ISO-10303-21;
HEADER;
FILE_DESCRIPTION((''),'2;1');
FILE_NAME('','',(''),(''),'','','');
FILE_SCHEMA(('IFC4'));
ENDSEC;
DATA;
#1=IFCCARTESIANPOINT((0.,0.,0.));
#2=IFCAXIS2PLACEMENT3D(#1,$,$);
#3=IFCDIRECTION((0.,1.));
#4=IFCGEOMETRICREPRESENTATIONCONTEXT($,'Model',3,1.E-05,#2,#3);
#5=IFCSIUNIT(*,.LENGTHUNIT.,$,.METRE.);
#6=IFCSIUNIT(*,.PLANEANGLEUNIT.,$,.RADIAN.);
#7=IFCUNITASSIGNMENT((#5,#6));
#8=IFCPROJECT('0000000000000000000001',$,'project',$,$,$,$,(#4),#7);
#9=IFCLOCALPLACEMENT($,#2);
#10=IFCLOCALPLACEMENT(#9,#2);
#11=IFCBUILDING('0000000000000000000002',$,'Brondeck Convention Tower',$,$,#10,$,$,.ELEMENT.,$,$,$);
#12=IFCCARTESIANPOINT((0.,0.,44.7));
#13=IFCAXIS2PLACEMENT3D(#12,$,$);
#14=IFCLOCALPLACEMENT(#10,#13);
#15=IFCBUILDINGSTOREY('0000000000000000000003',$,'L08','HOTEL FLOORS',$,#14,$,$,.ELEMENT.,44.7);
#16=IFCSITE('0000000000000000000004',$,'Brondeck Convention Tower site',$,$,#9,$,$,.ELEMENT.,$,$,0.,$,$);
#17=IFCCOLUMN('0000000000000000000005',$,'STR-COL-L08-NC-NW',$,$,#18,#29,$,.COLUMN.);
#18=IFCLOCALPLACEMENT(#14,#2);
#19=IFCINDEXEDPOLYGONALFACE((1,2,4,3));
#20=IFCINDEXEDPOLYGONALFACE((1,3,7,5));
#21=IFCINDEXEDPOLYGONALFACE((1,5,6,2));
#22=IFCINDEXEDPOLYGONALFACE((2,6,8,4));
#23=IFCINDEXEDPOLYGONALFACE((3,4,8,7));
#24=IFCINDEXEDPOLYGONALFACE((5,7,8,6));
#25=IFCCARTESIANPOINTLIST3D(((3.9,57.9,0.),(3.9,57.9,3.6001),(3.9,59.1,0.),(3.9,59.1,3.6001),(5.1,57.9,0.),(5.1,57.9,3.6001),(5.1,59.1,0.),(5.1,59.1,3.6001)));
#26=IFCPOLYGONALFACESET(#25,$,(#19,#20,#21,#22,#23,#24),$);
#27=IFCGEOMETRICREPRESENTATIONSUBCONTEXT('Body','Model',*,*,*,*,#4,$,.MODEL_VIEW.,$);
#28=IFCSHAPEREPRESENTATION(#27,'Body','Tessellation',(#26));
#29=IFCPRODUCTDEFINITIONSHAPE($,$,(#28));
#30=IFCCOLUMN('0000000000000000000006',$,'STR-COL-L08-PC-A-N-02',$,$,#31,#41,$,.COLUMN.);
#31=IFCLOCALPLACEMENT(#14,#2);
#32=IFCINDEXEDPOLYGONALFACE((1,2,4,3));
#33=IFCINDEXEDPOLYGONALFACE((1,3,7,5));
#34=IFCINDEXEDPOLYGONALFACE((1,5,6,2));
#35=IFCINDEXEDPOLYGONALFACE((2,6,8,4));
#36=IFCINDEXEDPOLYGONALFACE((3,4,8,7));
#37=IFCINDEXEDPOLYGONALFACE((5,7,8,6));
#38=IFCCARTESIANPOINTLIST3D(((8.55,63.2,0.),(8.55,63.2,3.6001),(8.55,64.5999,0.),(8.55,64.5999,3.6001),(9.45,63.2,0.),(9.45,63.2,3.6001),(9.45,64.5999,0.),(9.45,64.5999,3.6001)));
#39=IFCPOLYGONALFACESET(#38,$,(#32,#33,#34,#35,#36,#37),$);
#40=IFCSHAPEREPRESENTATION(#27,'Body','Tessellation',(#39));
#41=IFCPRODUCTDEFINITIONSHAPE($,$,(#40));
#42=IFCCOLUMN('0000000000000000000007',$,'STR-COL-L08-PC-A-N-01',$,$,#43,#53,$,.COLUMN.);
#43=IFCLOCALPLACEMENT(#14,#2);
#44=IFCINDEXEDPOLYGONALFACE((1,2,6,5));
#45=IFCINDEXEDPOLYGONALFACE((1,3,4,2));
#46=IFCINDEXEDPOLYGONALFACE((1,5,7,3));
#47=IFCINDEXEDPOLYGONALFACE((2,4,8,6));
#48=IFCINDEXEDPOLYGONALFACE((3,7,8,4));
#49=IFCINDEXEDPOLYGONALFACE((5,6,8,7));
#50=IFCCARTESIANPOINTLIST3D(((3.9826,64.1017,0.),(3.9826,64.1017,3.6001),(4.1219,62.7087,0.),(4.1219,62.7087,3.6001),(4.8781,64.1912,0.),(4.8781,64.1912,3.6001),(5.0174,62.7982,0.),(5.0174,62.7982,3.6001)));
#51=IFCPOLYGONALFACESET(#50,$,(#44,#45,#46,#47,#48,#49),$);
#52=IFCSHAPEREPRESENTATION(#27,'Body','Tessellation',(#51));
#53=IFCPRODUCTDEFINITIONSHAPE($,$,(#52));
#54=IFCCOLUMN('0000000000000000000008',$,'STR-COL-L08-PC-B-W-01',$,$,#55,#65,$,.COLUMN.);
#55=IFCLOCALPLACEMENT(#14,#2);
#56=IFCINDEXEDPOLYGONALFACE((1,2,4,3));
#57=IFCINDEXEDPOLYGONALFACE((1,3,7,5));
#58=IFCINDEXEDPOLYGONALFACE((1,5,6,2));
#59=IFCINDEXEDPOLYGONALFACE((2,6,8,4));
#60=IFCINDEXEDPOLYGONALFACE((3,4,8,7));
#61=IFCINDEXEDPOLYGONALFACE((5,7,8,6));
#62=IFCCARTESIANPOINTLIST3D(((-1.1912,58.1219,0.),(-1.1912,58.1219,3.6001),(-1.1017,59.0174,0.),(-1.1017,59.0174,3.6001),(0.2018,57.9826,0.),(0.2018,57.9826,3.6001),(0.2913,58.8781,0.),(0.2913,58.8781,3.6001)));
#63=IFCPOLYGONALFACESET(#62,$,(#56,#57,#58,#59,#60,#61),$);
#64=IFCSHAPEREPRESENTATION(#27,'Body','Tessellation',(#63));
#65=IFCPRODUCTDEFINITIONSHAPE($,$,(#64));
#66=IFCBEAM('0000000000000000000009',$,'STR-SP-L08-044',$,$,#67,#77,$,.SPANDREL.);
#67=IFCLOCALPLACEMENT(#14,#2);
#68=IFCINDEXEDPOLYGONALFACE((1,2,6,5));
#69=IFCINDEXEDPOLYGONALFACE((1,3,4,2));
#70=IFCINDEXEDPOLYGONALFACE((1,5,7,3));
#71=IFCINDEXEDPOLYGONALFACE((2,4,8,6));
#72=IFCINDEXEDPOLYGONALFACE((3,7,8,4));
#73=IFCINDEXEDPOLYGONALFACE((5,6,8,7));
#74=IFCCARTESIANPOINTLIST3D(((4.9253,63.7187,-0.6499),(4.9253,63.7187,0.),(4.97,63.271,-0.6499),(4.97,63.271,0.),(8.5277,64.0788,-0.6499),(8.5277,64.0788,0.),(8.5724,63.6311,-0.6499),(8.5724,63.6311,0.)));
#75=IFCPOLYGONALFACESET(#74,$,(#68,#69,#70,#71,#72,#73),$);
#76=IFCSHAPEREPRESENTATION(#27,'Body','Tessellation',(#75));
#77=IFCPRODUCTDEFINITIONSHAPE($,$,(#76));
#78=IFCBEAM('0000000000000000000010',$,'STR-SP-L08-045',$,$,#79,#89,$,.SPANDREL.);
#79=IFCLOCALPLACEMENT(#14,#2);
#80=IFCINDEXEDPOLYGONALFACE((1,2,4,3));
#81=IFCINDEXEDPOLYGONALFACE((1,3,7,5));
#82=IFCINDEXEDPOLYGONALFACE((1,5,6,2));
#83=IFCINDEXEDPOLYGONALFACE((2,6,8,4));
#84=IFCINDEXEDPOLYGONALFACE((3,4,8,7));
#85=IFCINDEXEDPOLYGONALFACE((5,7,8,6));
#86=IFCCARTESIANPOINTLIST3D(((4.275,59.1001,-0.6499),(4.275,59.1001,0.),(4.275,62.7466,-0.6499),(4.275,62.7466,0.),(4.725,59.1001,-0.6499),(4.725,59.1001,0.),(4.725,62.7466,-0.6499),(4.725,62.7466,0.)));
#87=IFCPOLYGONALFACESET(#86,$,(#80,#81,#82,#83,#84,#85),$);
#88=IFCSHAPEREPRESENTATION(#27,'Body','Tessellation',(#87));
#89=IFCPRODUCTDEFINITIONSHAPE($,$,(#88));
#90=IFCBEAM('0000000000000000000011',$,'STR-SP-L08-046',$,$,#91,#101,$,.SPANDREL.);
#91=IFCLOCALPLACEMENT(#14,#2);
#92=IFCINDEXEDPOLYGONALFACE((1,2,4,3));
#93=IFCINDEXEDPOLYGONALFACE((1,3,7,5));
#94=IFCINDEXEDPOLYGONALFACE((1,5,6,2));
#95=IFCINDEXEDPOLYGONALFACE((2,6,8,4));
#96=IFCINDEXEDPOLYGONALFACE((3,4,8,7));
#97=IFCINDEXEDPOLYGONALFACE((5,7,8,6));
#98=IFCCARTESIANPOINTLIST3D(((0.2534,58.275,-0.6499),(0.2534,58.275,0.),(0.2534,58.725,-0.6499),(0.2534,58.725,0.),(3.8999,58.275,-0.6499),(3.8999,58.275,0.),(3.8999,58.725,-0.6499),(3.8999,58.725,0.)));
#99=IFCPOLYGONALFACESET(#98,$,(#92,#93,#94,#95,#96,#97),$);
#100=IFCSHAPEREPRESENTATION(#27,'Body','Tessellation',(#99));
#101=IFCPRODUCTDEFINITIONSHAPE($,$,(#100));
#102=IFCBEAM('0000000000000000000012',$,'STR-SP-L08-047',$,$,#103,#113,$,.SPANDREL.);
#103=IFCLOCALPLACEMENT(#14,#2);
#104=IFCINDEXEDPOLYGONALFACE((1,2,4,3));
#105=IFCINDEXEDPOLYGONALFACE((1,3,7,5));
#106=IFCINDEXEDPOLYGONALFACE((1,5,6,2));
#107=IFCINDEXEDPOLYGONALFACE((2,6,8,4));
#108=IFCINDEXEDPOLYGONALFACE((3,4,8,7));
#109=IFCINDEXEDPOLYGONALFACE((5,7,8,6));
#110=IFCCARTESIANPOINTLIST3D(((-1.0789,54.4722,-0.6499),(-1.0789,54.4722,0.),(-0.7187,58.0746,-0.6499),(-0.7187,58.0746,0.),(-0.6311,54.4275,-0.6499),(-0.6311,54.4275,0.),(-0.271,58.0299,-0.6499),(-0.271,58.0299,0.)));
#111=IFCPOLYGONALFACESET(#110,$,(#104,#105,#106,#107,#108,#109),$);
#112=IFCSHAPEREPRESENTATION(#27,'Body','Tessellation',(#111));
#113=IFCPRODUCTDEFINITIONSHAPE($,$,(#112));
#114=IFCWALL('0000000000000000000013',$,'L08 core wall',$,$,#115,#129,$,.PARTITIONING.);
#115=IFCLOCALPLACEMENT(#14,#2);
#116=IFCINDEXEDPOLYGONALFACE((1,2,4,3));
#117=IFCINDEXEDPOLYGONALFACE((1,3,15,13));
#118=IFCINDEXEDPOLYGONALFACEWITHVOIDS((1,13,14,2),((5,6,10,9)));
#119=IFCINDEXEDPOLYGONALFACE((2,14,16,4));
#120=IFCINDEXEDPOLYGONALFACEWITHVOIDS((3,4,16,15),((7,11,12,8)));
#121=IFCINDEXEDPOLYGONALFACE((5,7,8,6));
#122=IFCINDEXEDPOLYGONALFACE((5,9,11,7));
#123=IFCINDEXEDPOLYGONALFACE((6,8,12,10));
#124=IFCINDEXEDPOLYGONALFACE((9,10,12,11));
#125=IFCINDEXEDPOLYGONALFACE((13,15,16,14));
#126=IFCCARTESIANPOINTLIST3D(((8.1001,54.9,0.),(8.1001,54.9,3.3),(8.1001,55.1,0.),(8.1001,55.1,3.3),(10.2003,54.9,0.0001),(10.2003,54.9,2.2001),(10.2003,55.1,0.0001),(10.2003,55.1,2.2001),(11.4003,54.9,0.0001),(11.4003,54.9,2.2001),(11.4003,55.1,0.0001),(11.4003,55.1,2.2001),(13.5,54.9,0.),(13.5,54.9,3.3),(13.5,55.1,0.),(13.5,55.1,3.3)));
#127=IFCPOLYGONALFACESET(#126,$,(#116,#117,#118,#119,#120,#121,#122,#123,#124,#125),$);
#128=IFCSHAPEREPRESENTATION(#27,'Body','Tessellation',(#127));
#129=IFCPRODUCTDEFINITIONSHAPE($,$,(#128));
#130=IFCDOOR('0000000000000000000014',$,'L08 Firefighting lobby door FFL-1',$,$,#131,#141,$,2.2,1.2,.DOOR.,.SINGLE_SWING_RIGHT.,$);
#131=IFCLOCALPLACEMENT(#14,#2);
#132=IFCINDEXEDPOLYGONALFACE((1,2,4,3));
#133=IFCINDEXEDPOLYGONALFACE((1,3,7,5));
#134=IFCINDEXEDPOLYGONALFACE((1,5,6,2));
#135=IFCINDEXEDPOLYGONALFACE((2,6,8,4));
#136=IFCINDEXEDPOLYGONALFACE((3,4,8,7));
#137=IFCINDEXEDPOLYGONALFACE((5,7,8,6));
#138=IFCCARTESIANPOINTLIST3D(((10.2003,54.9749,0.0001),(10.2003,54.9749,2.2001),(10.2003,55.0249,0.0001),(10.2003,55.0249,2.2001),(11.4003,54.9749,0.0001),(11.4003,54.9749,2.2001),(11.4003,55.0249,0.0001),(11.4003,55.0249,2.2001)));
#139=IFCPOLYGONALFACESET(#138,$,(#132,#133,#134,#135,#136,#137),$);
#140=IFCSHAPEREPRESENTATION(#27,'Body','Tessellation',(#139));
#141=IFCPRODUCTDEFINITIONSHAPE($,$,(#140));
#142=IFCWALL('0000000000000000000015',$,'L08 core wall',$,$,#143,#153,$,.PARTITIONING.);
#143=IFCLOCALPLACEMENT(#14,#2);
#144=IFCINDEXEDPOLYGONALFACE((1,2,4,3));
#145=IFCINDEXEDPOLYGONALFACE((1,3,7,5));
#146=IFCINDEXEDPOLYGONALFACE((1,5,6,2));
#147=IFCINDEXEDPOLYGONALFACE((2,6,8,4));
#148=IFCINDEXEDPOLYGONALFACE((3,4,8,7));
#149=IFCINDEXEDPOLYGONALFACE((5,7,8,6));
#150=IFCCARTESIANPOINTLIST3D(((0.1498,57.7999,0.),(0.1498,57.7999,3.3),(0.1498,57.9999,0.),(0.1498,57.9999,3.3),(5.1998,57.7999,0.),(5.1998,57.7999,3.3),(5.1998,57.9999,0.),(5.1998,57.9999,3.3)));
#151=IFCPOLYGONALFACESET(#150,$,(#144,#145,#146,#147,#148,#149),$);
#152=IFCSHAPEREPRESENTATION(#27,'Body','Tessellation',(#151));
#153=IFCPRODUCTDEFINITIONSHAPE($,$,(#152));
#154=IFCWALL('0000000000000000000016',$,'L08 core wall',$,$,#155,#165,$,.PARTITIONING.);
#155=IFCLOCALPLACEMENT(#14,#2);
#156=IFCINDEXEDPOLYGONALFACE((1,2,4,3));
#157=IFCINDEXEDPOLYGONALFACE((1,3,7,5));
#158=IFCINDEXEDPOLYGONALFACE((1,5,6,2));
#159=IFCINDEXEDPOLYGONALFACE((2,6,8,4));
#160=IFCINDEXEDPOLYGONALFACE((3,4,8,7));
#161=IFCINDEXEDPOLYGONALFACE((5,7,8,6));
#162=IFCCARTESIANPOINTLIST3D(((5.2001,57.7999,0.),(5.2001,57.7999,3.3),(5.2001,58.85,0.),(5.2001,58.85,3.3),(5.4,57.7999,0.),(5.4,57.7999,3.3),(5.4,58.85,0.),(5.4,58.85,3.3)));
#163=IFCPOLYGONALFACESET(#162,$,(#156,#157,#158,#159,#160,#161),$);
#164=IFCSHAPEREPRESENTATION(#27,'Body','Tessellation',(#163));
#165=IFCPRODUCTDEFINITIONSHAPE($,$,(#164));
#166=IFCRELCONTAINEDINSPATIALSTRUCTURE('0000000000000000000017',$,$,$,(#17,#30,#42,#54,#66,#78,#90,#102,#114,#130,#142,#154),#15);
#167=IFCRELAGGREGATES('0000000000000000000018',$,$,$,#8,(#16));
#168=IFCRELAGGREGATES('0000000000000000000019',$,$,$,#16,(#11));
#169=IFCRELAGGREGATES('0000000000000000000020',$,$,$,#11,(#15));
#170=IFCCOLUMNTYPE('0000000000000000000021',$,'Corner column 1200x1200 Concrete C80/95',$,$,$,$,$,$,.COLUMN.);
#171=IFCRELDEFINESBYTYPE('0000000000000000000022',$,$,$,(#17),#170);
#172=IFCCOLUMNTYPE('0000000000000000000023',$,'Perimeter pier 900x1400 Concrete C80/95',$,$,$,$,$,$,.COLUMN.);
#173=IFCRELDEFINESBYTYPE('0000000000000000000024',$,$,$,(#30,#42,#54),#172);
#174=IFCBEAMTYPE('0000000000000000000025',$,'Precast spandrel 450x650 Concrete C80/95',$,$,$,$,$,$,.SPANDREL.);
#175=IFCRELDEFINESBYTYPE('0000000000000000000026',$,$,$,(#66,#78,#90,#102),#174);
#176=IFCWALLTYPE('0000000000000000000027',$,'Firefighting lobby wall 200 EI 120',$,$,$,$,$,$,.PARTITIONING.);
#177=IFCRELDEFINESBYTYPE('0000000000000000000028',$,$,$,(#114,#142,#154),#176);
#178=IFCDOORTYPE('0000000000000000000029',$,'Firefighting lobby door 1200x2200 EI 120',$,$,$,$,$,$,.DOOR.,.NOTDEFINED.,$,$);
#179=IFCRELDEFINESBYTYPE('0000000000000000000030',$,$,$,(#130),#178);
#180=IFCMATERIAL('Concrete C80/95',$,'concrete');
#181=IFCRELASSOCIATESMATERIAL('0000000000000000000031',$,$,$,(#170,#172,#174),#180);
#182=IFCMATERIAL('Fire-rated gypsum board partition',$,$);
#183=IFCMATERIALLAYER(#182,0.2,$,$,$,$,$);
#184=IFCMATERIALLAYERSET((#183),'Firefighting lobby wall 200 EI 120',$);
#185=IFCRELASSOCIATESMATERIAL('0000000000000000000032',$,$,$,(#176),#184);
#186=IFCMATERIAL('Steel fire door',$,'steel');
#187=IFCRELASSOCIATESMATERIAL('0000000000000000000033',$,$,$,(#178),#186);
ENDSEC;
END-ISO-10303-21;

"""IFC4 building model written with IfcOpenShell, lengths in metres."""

from ifc_helpers import new_model, si_unit, direction, frame, frame_2d, origin, origin_2d, place, context, subcontext, project, spatial, rectangle, extrude, material, layer, layer_set, material_profile, profile_set, type_object, element, fill, save


model = new_model("IFC4")

# Units and contexts
model_context = context("Model", 3, precision=1e-05, world=origin(), true_north=direction((0.0, 1.0)))
body_context = subcontext(model_context, "Body", "Model", "MODEL_VIEW")
ifc_project = project(units=[si_unit("LENGTHUNIT", "METRE"), si_unit("PLANEANGLEUNIT", "RADIAN")], contexts=[model_context])

# Site, building, storey
site_placement = place(None, origin())
site = spatial("IfcSite", under=ifc_project, at=site_placement, Name="Brondeck Convention Tower site", CompositionType="ELEMENT", RefElevation=0.0)
building_placement = place(site_placement, origin())
building = spatial("IfcBuilding", under=site, at=building_placement, Name="Brondeck Convention Tower", CompositionType="ELEMENT")
storey_placement = place(building_placement, frame((0.0, 0.0, 44.7)))
storey = spatial("IfcBuildingStorey", under=building, at=storey_placement, Name="L08", Description="HOTEL FLOORS", CompositionType="ELEMENT", Elevation=44.7)

# Columns
ifc_material_1 = material(Name="Concrete C80/95", Category="concrete")
ifc_material_profile_1 = material_profile(ifc_material_1, rectangle(XDim=1.2, YDim=1.2, at=origin_2d()), Name="Corner column 1200x1200 Concrete C80/95")
ifc_profile_set_1 = profile_set([ifc_material_profile_1], Name="Concrete C80/95")
column_type_1 = type_object("IfcColumnType", Name="Corner column 1200x1200 Concrete C80/95", PredefinedType="COLUMN", material=ifc_profile_set_1)
column_placement = place(storey_placement, frame((4.5, 58.5, 0.0), z_axis=(0.0, 0.0, 1.0), x_axis=(1.0, 0.0, 0.0)))
element("IfcColumn", 1, at=column_placement, inside=storey, type_object=column_type_1, Name="STR-COL-L08-NC-NW", PredefinedType="COLUMN", context=body_context, shape_type="SweptSolid", body=[
    extrude(rectangle(XDim=1.2, YDim=1.2, at=origin_2d()), origin(), (0.0, 0.0, 1.0), 3.6001),
])
ifc_material_profile_2 = material_profile(ifc_material_1, rectangle(XDim=0.8999, YDim=1.3999, at=origin_2d()), Name="Perimeter pier 900x1400 Concrete C80/95")
ifc_profile_set_2 = profile_set([ifc_material_profile_2], Name="Concrete C80/95")
column_type_2 = type_object("IfcColumnType", Name="Perimeter pier 900x1400 Concrete C80/95", PredefinedType="COLUMN", material=ifc_profile_set_2)
for number, where, z_axis, x_axis, name in (
    (2, (9.0, 63.8999, 0.0), (0.0, 0.0, 1.0), (-1.0, 0.0, 0.0), "STR-COL-L08-PC-A-N-02"),
    (3, (4.5, 63.45, 0.0), (0.0, 0.0, 1.0), (-0.995037, -0.099504, 0.0), "STR-COL-L08-PC-A-N-01"),
    (4, (-0.45, 58.5, 0.0), (0.0, 0.0, 1.0), (-0.099504, -0.995037, 0.0), "STR-COL-L08-PC-B-W-01"),
):
    element("IfcColumn", number, at=place(storey_placement, frame(where, z_axis=z_axis, x_axis=x_axis)), inside=storey, type_object=column_type_2, Name=name, PredefinedType="COLUMN", context=body_context, shape_type="SweptSolid", body=[
        extrude(rectangle(XDim=0.8999, YDim=1.3999, at=origin_2d()), origin(), (0.0, 0.0, 1.0), 3.6001),
    ])

# Beams
ifc_material_profile_3 = material_profile(ifc_material_1, rectangle(XDim=0.45, YDim=0.6499, at=origin_2d()), Name="Precast spandrel 450x650 Concrete C80/95")
ifc_profile_set_3 = profile_set([ifc_material_profile_3], Name="Concrete C80/95")
beam_type = type_object("IfcBeamType", Name="Precast spandrel 450x650 Concrete C80/95", PredefinedType="SPANDREL", material=ifc_profile_set_3)
beam_1_placement = place(storey_placement, frame((8.55, 63.855, -0.325), z_axis=(-0.995041, -0.09947, 0.0), x_axis=(0.09947, -0.995041, 0.0)))
element("IfcBeam", 5, at=beam_1_placement, inside=storey, type_object=beam_type, Name="STR-SP-L08-044", PredefinedType="SPANDREL", context=body_context, shape_type="SweptSolid", body=[
    extrude(rectangle(XDim=0.45, YDim=0.6499, at=origin_2d()), origin(), (0.0, 0.0, 1.0), 3.6204),
])
for number, where, z_axis, x_axis, name in (
    (6, (4.5, 62.7466, -0.325), (0.0, -1.0, 0.0), (1.0, 0.0, 0.0), "STR-SP-L08-045"),
    (7, (3.8999, 58.5, -0.325), (-1.0, 0.0, 0.0), (0.0, -1.0, 0.0), "STR-SP-L08-046"),
):
    element("IfcBeam", number, at=place(storey_placement, frame(where, z_axis=z_axis, x_axis=x_axis)), inside=storey, type_object=beam_type, Name=name, PredefinedType="SPANDREL", context=body_context, shape_type="SweptSolid", body=[
        extrude(rectangle(XDim=0.45, YDim=0.6499, at=origin_2d()), origin(), (0.0, 0.0, 1.0), 3.6465),
    ])
beam_2_placement = place(storey_placement, frame((-0.4949, 58.0522, -0.325), z_axis=(-0.09947, -0.995041, 0.0), x_axis=(0.995041, -0.09947, 0.0)))
element("IfcBeam", 8, at=beam_2_placement, inside=storey, type_object=beam_type, Name="STR-SP-L08-047", PredefinedType="SPANDREL", context=body_context, shape_type="SweptSolid", body=[
    extrude(rectangle(XDim=0.45, YDim=0.6499, at=origin_2d()), origin(), (0.0, 0.0, 1.0), 3.6204),
])

# Wall, opening, door
ifc_material_2 = material(Name="Fire-rated gypsum board partition")
ifc_layer_1 = layer(ifc_material_2, 0.2)
ifc_layer_set_1 = layer_set([ifc_layer_1], Name="Firefighting lobby wall 200 EI 120")
wall_type_1 = type_object("IfcWallType", Name="Firefighting lobby wall 200 EI 120", PredefinedType="PARTITIONING", material=ifc_layer_set_1)
wall_1_placement = place(storey_placement, frame((8.1001, 55.0, 0.0), z_axis=(0.0, 0.0, 1.0), x_axis=(1.0, 0.0, 0.0)))
wall_1 = element("IfcWall", 9, at=wall_1_placement, inside=storey, type_object=wall_type_1, Name="L08 core wall", PredefinedType="PARTITIONING", context=body_context, shape_type="SweptSolid", body=[
    extrude(rectangle(XDim=5.3999, YDim=0.2, at=frame_2d((2.7, 0.0))), origin(), (0.0, 0.0, 1.0), 3.3),
])
opening_1_placement = place(wall_1_placement, frame((2.1001, 0.0, 0.0)))
opening_1 = element("IfcOpeningElement", 10, at=opening_1_placement, cuts=wall_1, PredefinedType="OPENING", context=body_context, shape_type="SweptSolid", body=[
    extrude(rectangle(XDim=1.2, YDim=2.2, at=frame_2d((0.6001, 1.1001))), frame((0.0, 0.1099, 0.0), z_axis=(0.0, -1.0, 0.0), x_axis=(1.0, 0.0, 0.0)), (0.0, 0.0, 1.0), 0.22),
])
ifc_material_3 = material(Name="Steel fire door", Category="steel")
door_type_1 = type_object("IfcDoorType", Name="Firefighting lobby door 1200x2200 EI 120", OperationType="NOTDEFINED", PredefinedType="DOOR", material=ifc_material_3)
door_1_placement = place(opening_1_placement, origin())
door_1 = element("IfcDoor", 11, at=door_1_placement, inside=storey, type_object=door_type_1, Name="L08 Firefighting lobby door FFL-1", OperationType="SINGLE_SWING_RIGHT", OverallHeight=2.2, OverallWidth=1.2, PredefinedType="DOOR", context=body_context, shape_type="SweptSolid", body=[
    extrude(rectangle(XDim=1.2, YDim=2.2, at=frame_2d((0.6001, 1.1001))), frame((0.0, 0.0249, 0.0), z_axis=(0.0, -1.0, 0.0), x_axis=(1.0, 0.0, 0.0)), (0.0, 0.0, 1.0), 0.05),
])
fill(opening_1, door_1)

# Walls
wall_2_placement = place(storey_placement, frame((0.1499, 57.8999, 0.0), z_axis=(0.0, 0.0, 1.0), x_axis=(1.0, 0.0, 0.0)))
element("IfcWall", 12, at=wall_2_placement, inside=storey, type_object=wall_type_1, Name="L08 core wall", PredefinedType="PARTITIONING", context=body_context, shape_type="SweptSolid", body=[
    extrude(rectangle(XDim=5.05, YDim=0.2, at=frame_2d((2.5249, 0.0))), origin(), (0.0, 0.0, 1.0), 3.3),
])
wall_3_placement = place(storey_placement, frame((5.3, 57.8, 0.0), z_axis=(0.0, 0.0, 1.0), x_axis=(0.0, 1.0, 0.0)))
element("IfcWall", 13, at=wall_3_placement, inside=storey, type_object=wall_type_1, Name="L08 core wall", PredefinedType="PARTITIONING", context=body_context, shape_type="SweptSolid", body=[
    extrude(rectangle(XDim=1.05, YDim=0.2, at=frame_2d((0.5249, 0.0))), origin(), (0.0, 0.0, 1.0), 3.3),
])

save(model, "model.ifc")
